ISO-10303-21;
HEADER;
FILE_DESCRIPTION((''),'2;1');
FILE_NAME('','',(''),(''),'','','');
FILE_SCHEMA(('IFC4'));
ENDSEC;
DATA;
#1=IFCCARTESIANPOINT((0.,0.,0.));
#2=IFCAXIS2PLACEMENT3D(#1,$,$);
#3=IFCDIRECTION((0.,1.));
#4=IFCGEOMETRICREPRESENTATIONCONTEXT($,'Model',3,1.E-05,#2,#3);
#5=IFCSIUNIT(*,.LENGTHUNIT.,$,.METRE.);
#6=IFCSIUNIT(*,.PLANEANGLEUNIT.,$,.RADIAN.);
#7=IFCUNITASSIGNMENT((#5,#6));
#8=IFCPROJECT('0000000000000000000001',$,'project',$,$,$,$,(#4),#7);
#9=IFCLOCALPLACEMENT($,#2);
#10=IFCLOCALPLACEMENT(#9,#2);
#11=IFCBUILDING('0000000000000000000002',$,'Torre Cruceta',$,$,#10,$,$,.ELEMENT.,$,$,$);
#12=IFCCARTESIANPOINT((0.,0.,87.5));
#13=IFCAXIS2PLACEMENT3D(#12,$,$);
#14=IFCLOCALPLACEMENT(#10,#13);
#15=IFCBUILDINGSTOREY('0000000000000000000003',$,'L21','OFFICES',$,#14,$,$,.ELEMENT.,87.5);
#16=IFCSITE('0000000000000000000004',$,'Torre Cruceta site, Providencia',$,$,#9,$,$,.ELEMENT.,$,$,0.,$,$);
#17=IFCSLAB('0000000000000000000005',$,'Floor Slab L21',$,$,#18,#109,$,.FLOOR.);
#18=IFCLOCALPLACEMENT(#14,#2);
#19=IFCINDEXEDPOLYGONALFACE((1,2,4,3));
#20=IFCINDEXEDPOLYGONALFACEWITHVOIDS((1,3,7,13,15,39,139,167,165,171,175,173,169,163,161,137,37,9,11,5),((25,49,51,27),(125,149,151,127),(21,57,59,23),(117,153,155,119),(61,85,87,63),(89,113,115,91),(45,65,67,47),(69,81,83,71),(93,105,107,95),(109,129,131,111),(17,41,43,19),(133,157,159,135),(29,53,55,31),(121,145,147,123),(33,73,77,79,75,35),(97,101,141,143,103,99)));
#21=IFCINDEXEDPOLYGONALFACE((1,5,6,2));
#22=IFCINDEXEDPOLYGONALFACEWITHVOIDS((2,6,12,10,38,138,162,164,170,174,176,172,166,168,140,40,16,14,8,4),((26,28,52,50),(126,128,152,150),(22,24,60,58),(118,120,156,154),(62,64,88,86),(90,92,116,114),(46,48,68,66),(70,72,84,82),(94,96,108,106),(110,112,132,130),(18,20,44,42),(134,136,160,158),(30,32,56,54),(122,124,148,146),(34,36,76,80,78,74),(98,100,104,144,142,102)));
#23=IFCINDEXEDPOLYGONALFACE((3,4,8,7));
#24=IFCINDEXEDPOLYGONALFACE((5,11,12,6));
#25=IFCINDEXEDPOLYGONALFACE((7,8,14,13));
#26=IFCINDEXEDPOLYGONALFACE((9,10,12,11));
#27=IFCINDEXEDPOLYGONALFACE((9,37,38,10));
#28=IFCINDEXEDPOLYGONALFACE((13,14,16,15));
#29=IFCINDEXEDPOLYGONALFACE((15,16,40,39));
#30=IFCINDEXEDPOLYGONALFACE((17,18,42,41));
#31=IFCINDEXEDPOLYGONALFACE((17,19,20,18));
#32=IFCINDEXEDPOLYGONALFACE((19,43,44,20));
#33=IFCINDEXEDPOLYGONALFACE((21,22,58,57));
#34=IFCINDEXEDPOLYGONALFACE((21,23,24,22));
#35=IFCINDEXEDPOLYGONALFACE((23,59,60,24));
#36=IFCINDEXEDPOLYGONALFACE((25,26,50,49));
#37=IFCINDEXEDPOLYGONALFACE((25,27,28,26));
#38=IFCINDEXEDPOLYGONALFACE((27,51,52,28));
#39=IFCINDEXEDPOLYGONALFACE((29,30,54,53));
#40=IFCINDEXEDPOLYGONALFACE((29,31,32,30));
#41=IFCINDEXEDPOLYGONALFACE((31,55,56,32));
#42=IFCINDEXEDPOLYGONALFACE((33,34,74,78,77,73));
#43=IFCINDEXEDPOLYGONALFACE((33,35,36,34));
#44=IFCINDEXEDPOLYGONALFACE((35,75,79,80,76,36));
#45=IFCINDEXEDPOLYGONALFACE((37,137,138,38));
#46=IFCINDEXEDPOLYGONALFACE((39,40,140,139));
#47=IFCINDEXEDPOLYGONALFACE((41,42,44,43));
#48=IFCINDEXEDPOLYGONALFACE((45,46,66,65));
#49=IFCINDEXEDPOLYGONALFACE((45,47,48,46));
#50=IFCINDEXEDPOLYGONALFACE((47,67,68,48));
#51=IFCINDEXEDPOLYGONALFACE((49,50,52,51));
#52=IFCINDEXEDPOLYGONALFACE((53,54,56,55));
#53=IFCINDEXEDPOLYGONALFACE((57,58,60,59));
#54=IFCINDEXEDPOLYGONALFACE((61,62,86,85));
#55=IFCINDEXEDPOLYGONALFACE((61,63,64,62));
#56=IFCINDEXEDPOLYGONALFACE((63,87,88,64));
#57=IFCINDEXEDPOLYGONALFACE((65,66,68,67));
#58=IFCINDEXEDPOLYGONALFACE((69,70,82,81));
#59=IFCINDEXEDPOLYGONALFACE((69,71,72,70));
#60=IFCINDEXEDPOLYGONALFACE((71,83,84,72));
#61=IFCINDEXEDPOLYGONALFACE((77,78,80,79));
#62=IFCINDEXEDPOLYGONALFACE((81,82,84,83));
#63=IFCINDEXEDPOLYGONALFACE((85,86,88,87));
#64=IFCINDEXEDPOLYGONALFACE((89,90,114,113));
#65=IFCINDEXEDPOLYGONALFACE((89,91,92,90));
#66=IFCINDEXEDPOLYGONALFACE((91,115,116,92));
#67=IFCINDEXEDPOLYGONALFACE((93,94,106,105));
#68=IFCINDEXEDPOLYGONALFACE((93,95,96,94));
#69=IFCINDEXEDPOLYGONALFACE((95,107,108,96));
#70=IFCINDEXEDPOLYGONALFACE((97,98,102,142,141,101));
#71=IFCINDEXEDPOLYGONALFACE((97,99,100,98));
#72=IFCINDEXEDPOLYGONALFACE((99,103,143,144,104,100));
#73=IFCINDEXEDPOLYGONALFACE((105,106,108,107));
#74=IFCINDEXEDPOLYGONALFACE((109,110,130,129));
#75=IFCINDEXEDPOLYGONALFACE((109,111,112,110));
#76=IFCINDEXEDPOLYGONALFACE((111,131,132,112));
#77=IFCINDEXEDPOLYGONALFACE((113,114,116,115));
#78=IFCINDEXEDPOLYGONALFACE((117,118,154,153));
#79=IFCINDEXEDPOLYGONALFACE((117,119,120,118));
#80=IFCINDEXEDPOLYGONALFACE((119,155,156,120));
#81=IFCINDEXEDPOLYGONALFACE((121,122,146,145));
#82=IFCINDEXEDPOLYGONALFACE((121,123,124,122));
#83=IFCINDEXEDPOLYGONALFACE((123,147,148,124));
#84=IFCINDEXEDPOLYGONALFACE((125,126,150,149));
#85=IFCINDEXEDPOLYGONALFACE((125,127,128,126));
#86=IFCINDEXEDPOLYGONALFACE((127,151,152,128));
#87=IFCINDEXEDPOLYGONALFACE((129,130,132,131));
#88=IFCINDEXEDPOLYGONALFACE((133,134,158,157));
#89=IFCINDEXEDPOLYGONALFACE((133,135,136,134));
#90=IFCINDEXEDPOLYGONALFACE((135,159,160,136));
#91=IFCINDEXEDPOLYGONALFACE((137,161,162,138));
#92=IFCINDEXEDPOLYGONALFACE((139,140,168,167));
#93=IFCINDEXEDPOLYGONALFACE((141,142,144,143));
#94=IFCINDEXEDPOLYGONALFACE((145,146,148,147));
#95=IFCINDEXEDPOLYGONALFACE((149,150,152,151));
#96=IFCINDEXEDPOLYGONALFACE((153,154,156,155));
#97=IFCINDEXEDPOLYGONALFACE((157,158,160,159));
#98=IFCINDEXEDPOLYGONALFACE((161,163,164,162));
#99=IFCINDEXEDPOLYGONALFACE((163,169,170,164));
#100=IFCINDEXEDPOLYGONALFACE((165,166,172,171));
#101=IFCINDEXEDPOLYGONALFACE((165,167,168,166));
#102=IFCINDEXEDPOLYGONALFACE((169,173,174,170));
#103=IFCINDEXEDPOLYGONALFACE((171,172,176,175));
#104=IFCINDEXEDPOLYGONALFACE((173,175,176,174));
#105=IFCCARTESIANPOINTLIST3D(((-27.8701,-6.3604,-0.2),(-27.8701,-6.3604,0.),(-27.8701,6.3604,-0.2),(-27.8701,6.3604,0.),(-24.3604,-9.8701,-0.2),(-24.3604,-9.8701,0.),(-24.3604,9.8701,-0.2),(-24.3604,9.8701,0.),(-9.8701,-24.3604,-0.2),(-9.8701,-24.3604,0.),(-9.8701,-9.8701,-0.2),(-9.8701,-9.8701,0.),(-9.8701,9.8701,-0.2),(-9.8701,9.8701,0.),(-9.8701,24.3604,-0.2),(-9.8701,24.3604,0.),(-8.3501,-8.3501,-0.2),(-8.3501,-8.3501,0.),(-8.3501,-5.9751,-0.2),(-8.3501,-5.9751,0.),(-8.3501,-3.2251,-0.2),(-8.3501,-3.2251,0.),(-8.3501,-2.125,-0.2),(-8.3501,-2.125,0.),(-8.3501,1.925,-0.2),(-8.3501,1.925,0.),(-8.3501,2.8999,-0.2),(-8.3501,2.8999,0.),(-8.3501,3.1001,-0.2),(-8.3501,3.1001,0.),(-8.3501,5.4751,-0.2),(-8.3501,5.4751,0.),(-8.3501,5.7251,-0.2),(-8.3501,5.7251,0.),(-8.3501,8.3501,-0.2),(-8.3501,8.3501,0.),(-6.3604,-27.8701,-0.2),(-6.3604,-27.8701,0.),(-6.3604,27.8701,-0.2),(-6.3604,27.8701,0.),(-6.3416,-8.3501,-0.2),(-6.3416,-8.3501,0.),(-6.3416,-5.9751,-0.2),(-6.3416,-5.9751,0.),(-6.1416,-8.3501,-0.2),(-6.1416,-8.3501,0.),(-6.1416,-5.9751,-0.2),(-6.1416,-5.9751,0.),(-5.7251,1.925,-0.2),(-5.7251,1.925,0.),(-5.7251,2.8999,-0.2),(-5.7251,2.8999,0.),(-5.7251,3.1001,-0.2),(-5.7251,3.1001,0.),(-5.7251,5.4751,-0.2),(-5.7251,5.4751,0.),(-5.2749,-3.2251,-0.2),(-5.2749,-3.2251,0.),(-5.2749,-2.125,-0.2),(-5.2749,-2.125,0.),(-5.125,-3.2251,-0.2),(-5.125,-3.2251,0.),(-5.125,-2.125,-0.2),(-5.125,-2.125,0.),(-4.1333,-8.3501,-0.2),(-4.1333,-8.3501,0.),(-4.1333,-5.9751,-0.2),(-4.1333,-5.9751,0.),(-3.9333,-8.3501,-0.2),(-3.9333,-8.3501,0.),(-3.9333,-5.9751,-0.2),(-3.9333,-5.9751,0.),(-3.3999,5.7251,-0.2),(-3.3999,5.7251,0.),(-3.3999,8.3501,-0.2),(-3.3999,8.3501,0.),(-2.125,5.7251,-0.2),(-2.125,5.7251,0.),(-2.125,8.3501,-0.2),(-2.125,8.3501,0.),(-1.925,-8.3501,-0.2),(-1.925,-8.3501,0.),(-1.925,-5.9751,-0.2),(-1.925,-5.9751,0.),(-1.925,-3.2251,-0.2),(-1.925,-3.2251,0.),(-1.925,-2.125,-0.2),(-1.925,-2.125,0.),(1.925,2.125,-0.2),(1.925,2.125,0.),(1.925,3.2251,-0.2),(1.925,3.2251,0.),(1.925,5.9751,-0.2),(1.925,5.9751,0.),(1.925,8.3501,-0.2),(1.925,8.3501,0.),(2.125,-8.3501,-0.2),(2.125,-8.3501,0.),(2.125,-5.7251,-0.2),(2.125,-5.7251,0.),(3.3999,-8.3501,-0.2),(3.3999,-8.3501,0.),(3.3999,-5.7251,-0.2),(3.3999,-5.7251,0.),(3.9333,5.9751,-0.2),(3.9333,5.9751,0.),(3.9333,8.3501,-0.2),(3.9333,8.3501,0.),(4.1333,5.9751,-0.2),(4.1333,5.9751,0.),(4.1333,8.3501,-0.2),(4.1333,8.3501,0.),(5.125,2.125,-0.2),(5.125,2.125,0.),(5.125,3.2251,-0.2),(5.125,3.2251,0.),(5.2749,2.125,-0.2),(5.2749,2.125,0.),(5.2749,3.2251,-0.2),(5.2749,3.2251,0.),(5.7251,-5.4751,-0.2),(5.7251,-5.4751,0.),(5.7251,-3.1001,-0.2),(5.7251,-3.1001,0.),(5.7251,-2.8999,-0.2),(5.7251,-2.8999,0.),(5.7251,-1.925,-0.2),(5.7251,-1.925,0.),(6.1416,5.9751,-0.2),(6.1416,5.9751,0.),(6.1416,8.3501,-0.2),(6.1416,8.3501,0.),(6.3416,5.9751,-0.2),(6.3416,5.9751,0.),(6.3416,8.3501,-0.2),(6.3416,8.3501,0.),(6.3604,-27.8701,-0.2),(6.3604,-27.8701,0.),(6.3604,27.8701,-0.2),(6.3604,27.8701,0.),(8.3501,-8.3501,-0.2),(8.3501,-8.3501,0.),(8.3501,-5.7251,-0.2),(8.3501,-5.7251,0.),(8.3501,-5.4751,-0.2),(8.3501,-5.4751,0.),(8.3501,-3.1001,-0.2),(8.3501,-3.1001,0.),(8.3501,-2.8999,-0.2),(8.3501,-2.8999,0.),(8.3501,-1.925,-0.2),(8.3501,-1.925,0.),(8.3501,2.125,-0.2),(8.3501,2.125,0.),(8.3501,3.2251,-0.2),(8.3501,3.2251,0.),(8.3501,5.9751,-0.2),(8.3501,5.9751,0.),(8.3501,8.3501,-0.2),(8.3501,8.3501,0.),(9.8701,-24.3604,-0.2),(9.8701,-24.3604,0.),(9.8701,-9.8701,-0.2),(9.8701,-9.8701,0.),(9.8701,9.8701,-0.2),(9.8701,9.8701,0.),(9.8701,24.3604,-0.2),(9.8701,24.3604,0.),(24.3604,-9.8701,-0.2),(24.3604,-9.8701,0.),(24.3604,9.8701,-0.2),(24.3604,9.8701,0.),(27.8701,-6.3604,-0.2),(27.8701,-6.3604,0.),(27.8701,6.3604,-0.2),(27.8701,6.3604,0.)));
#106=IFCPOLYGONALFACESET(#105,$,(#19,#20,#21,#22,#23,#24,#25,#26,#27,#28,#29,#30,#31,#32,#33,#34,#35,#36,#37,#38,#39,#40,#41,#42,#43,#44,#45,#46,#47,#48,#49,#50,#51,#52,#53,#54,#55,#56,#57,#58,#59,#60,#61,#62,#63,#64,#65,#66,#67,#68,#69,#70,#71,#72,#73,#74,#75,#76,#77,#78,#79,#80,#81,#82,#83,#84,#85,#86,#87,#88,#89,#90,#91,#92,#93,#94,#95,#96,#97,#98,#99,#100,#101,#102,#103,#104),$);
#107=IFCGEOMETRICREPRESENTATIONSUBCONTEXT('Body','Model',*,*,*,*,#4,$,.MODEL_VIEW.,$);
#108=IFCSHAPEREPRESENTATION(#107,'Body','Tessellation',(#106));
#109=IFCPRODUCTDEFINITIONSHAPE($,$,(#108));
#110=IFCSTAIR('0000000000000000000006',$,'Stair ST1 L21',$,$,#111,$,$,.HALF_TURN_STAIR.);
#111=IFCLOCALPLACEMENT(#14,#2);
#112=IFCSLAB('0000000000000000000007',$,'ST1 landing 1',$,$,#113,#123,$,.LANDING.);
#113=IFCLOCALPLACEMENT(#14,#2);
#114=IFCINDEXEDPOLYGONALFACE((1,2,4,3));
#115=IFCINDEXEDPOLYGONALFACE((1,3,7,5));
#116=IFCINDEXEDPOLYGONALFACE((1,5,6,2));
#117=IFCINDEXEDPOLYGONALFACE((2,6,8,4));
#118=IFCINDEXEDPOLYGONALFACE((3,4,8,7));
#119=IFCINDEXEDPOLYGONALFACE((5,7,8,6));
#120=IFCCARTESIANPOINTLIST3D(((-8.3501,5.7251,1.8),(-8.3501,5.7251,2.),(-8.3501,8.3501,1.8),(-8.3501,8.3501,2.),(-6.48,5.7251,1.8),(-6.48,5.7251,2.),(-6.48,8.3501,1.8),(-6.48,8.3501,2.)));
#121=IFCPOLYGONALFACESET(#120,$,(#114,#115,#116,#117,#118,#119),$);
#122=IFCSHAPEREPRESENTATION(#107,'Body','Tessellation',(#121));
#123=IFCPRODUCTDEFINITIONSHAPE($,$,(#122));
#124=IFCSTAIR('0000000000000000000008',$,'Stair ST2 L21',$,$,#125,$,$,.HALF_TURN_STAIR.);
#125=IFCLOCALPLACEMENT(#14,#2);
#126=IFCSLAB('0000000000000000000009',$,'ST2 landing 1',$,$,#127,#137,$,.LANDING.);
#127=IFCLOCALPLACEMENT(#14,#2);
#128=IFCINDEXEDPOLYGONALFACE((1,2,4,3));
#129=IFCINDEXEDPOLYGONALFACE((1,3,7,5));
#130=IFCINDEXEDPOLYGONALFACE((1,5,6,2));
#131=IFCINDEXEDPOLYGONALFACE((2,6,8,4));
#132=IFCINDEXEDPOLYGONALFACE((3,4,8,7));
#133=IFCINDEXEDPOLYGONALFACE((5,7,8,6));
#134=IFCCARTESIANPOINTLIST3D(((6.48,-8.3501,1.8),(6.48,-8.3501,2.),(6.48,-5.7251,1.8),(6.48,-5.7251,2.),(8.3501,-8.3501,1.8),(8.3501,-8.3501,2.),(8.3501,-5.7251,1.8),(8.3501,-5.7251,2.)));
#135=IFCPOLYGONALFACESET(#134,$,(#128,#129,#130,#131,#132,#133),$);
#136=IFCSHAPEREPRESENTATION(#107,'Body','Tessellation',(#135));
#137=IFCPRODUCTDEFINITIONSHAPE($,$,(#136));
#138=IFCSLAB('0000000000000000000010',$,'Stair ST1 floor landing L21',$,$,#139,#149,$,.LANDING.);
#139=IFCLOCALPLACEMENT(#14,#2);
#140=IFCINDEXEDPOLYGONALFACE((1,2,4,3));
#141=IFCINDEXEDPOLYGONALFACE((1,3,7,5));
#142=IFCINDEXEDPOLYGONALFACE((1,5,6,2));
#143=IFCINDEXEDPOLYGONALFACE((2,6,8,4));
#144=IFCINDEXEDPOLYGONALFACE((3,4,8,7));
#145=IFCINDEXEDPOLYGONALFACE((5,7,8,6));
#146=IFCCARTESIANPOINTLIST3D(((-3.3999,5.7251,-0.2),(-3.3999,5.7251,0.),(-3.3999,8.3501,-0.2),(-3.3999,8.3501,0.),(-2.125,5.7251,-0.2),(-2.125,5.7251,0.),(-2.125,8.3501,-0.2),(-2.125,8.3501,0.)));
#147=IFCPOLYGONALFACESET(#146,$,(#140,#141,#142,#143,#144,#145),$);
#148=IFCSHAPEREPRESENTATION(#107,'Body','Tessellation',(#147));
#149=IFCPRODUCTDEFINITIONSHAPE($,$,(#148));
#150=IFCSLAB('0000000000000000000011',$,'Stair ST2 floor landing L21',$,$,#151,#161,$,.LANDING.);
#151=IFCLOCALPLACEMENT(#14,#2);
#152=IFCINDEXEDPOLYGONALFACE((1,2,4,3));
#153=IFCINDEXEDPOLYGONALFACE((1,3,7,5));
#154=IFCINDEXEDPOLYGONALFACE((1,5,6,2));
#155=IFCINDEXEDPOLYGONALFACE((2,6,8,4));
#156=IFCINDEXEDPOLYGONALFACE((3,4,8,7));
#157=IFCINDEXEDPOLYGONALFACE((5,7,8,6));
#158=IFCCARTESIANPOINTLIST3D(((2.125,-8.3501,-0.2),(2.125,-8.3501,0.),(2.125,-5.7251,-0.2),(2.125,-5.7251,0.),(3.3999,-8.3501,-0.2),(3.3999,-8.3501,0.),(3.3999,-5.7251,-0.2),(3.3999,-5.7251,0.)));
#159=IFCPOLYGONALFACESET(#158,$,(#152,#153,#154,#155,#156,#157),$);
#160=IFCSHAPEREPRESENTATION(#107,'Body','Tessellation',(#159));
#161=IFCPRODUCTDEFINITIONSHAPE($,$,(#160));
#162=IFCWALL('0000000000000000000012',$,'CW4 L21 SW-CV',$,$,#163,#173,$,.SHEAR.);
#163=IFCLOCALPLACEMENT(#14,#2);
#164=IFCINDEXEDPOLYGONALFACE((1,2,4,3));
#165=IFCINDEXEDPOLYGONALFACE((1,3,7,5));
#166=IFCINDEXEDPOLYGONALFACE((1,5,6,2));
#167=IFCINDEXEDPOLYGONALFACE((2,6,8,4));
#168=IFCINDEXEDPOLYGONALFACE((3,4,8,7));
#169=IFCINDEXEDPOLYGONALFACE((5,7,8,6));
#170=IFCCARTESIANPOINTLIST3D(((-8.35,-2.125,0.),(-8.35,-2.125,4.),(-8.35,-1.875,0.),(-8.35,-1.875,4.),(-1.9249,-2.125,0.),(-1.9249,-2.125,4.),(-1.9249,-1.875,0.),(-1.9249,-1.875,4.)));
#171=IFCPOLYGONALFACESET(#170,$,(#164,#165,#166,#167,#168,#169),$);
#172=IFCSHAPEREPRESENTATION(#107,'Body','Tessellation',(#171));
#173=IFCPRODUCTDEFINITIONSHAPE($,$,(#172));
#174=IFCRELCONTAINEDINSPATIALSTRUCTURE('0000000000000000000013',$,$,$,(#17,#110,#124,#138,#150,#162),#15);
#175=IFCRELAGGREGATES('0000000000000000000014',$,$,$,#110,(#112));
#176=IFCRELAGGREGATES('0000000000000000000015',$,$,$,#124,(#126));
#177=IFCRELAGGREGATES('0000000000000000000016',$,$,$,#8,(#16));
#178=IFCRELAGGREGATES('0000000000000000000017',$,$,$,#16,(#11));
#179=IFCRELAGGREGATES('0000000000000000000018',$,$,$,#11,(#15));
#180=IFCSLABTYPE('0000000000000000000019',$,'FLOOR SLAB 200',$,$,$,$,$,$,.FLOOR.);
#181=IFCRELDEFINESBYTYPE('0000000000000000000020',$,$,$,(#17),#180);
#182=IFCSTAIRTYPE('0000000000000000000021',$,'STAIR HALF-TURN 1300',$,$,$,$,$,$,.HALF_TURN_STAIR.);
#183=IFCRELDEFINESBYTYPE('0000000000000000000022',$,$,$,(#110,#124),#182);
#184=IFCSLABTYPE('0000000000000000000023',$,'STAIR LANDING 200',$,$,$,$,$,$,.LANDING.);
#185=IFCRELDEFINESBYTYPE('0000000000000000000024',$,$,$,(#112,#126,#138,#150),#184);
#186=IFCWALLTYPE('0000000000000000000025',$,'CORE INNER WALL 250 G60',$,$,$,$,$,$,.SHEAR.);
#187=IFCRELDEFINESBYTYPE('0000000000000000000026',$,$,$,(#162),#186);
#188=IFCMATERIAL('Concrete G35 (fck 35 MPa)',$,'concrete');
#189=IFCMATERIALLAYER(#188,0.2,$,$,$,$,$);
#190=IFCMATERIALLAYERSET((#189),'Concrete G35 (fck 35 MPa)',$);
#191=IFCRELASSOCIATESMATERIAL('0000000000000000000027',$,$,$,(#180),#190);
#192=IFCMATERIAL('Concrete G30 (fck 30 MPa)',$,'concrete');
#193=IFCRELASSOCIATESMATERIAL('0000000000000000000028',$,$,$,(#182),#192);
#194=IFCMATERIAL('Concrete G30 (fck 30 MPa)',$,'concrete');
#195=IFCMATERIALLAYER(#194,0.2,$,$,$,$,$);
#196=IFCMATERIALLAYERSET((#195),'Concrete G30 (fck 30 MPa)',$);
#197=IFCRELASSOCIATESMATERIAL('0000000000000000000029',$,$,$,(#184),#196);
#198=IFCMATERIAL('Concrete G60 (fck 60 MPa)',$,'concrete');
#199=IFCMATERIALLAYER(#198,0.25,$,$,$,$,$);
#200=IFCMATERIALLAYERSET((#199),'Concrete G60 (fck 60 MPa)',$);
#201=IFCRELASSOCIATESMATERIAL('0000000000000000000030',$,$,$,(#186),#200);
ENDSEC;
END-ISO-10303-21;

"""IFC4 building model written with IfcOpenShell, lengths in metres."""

from ifc_helpers import new_model, si_unit, direction, frame, frame_2d, origin, place, context, subcontext, project, spatial, polyline, rectangle, outline, extrude, material, layer, layer_set, type_object, element, aggregate, save


model = new_model("IFC4")

# Units and contexts
model_context = context("Model", 3, precision=1e-05, world=origin(), true_north=direction((0.0, 1.0)))
body_context = subcontext(model_context, "Body", "Model", "MODEL_VIEW")
ifc_project = project(units=[si_unit("LENGTHUNIT", "METRE"), si_unit("PLANEANGLEUNIT", "RADIAN")], contexts=[model_context])

# Site, building, storey
site_placement = place(None, origin())
site = spatial("IfcSite", under=ifc_project, at=site_placement, Name="Torre Cruceta site, Providencia", CompositionType="ELEMENT", RefElevation=0.0)
building_placement = place(site_placement, origin())
building = spatial("IfcBuilding", under=site, at=building_placement, Name="Torre Cruceta", CompositionType="ELEMENT")
storey_placement = place(building_placement, frame((0.0, 0.0, 87.5)))
storey = spatial("IfcBuildingStorey", under=building, at=storey_placement, Name="L21", Description="OFFICES", CompositionType="ELEMENT", Elevation=87.5)

# Slab
ifc_material_1 = material(Name="Concrete G35 (fck 35 MPa)", Category="concrete")
ifc_layer_1 = layer(ifc_material_1, 0.2)
ifc_layer_set_1 = layer_set([ifc_layer_1], Name="Concrete G35 (fck 35 MPa)")
slab_type_1 = type_object("IfcSlabType", Name="FLOOR SLAB 200", PredefinedType="FLOOR", material=ifc_layer_set_1)
slab_1_placement = place(storey_placement, frame((0.0, 0.0, -0.2)))
element("IfcSlab", 1, at=slab_1_placement, inside=storey, type_object=slab_type_1, Name="Floor Slab L21", PredefinedType="FLOOR", context=body_context, shape_type="SweptSolid", body=[
    extrude(outline(polyline([(9.8701, -9.8701), (9.8701, -24.3604), (6.3604, -27.8701), (-6.3604, -27.8701), (-9.8701, -24.3604), (-9.8701, -9.8701), (-24.3604, -9.8701), (-27.8701, -6.3604), (-27.8701, 6.3604), (-24.3604, 9.8701), (-9.8701, 9.8701), (-9.8701, 24.3604), (-6.3604, 27.8701), (6.3604, 27.8701), (9.8701, 24.3604), (9.8701, 9.8701), (24.3604, 9.8701), (27.8701, 6.3604), (27.8701, -6.3604), (24.3604, -9.8701), (9.8701, -9.8701)]), holes=[polyline([(1.925, 5.9751), (3.9333, 5.9751), (3.9333, 8.3501), (1.925, 8.3501), (1.925, 5.9751)]), polyline([(4.1333, 5.9751), (6.1416, 5.9751), (6.1416, 8.3501), (4.1333, 8.3501), (4.1333, 5.9751)]), polyline([(6.3416, 5.9751), (8.3501, 5.9751), (8.3501, 8.3501), (6.3416, 8.3501), (6.3416, 5.9751)]), polyline([(1.925, 2.125), (5.125, 2.125), (5.125, 3.2251), (1.925, 3.2251), (1.925, 2.125)]), polyline([(5.2749, 2.125), (8.3501, 2.125), (8.3501, 3.2251), (5.2749, 3.2251), (5.2749, 2.125)]), polyline([(-8.3501, 3.1001), (-5.7251, 3.1001), (-5.7251, 5.4751), (-8.3501, 5.4751), (-8.3501, 3.1001)]), polyline([(-8.3501, 1.925), (-5.7251, 1.925), (-5.7251, 2.8999), (-8.3501, 2.8999), (-8.3501, 1.925)]), polyline([(-3.9333, -8.3501), (-1.925, -8.3501), (-1.925, -5.9751), (-3.9333, -5.9751), (-3.9333, -8.3501)]), polyline([(-6.1416, -8.3501), (-4.1333, -8.3501), (-4.1333, -5.9751), (-6.1416, -5.9751), (-6.1416, -8.3501)]), polyline([(-8.3501, -8.3501), (-6.3416, -8.3501), (-6.3416, -5.9751), (-8.3501, -5.9751), (-8.3501, -8.3501)]), polyline([(-5.125, -3.2251), (-1.925, -3.2251), (-1.925, -2.125), (-5.125, -2.125), (-5.125, -3.2251)]), polyline([(-8.3501, -3.2251), (-5.2749, -3.2251), (-5.2749, -2.125), (-8.3501, -2.125), (-8.3501, -3.2251)]), polyline([(5.7251, -5.4751), (8.3501, -5.4751), (8.3501, -3.1001), (5.7251, -3.1001), (5.7251, -5.4751)]), polyline([(5.7251, -2.8999), (8.3501, -2.8999), (8.3501, -1.925), (5.7251, -1.925), (5.7251, -2.8999)]), polyline([(-8.3501, 5.7251), (-8.3501, 8.3501), (-3.3999, 8.3501), (-2.125, 8.3501), (-2.125, 5.7251), (-3.3999, 5.7251), (-8.3501, 5.7251)]), polyline([(2.125, -5.7251), (3.3999, -5.7251), (8.3501, -5.7251), (8.3501, -8.3501), (3.3999, -8.3501), (2.125, -8.3501), (2.125, -5.7251)])]), origin(), (0.0, 0.0, 1.0), 0.2),
])

# Stairs, slabs
ifc_material_2 = material(Name="Concrete G30 (fck 30 MPa)", Category="concrete")
stair_type = type_object("IfcStairType", Name="STAIR HALF-TURN 1300", PredefinedType="HALF_TURN_STAIR", material=ifc_material_2)
stair_1_placement = place(storey_placement, origin())
stair_1 = element("IfcStair", 2, at=stair_1_placement, inside=storey, type_object=stair_type, Name="Stair ST1 L21", PredefinedType="HALF_TURN_STAIR")
ifc_material_3 = material(Name="Concrete G30 (fck 30 MPa)", Category="concrete")
ifc_layer_2 = layer(ifc_material_3, 0.2)
ifc_layer_set_2 = layer_set([ifc_layer_2], Name="Concrete G30 (fck 30 MPa)")
slab_type_2 = type_object("IfcSlabType", Name="STAIR LANDING 200", PredefinedType="LANDING", material=ifc_layer_set_2)
slab_2_placement = place(storey_placement, frame((0.0, 0.0, 1.8)))
slab_2 = element("IfcSlab", 3, at=slab_2_placement, type_object=slab_type_2, Name="ST1 landing 1", PredefinedType="LANDING", context=body_context, shape_type="SweptSolid", body=[
    extrude(outline(polyline([(-8.3501, 5.7251), (-6.48, 5.7251), (-6.48, 8.3501), (-8.3501, 8.3501), (-8.3501, 5.7251)])), origin(), (0.0, 0.0, 1.0), 0.2),
])
aggregate(stair_1, [slab_2])
stair_2_placement = place(storey_placement, origin())
stair_2 = element("IfcStair", 4, at=stair_2_placement, inside=storey, type_object=stair_type, Name="Stair ST2 L21", PredefinedType="HALF_TURN_STAIR")
slab_3_placement = place(storey_placement, frame((0.0, 0.0, 1.8)))
slab_3 = element("IfcSlab", 5, at=slab_3_placement, type_object=slab_type_2, Name="ST2 landing 1", PredefinedType="LANDING", context=body_context, shape_type="SweptSolid", body=[
    extrude(outline(polyline([(6.48, -8.3501), (8.3501, -8.3501), (8.3501, -5.7251), (6.48, -5.7251), (6.48, -8.3501)])), origin(), (0.0, 0.0, 1.0), 0.2),
])
aggregate(stair_2, [slab_3])

# Slabs
slab_4_placement = place(storey_placement, frame((0.0, 0.0, -0.2)))
element("IfcSlab", 6, at=slab_4_placement, inside=storey, type_object=slab_type_2, Name="Stair ST1 floor landing L21", PredefinedType="LANDING", context=body_context, shape_type="SweptSolid", body=[
    extrude(outline(polyline([(-2.125, 8.3501), (-2.125, 5.7251), (-3.3999, 5.7251), (-3.3999, 8.3501), (-2.125, 8.3501)])), origin(), (0.0, 0.0, 1.0), 0.2),
])
slab_5_placement = place(storey_placement, frame((0.0, 0.0, -0.2)))
element("IfcSlab", 7, at=slab_5_placement, inside=storey, type_object=slab_type_2, Name="Stair ST2 floor landing L21", PredefinedType="LANDING", context=body_context, shape_type="SweptSolid", body=[
    extrude(outline(polyline([(2.125, -8.3501), (2.125, -5.7251), (3.3999, -5.7251), (3.3999, -8.3501), (2.125, -8.3501)])), origin(), (0.0, 0.0, 1.0), 0.2),
])

# Shared definitions
ifc_material_4 = material(Name="Concrete G60 (fck 60 MPa)", Category="concrete")
ifc_layer_3 = layer(ifc_material_4, 0.25)
ifc_layer_set_3 = layer_set([ifc_layer_3], Name="Concrete G60 (fck 60 MPa)")
wall_type_1 = type_object("IfcWallType", Name="CORE INNER WALL 250 G60", PredefinedType="SHEAR", material=ifc_layer_set_3)

# Wall
wall_1_placement = place(storey_placement, frame((-1.925, -2.0, 0.0), z_axis=(0.0, 0.0, 1.0), x_axis=(-1.0, 0.0, 0.0)))
element("IfcWall", 8, at=wall_1_placement, inside=storey, type_object=wall_type_1, Name="CW4 L21 SW-CV", PredefinedType="SHEAR", context=body_context, shape_type="SweptSolid", body=[
    extrude(rectangle(XDim=6.425, YDim=0.25, at=frame_2d((3.2124, 0.0))), origin(), (0.0, 0.0, 1.0), 4.0),
])

save(model, "model.ifc")
